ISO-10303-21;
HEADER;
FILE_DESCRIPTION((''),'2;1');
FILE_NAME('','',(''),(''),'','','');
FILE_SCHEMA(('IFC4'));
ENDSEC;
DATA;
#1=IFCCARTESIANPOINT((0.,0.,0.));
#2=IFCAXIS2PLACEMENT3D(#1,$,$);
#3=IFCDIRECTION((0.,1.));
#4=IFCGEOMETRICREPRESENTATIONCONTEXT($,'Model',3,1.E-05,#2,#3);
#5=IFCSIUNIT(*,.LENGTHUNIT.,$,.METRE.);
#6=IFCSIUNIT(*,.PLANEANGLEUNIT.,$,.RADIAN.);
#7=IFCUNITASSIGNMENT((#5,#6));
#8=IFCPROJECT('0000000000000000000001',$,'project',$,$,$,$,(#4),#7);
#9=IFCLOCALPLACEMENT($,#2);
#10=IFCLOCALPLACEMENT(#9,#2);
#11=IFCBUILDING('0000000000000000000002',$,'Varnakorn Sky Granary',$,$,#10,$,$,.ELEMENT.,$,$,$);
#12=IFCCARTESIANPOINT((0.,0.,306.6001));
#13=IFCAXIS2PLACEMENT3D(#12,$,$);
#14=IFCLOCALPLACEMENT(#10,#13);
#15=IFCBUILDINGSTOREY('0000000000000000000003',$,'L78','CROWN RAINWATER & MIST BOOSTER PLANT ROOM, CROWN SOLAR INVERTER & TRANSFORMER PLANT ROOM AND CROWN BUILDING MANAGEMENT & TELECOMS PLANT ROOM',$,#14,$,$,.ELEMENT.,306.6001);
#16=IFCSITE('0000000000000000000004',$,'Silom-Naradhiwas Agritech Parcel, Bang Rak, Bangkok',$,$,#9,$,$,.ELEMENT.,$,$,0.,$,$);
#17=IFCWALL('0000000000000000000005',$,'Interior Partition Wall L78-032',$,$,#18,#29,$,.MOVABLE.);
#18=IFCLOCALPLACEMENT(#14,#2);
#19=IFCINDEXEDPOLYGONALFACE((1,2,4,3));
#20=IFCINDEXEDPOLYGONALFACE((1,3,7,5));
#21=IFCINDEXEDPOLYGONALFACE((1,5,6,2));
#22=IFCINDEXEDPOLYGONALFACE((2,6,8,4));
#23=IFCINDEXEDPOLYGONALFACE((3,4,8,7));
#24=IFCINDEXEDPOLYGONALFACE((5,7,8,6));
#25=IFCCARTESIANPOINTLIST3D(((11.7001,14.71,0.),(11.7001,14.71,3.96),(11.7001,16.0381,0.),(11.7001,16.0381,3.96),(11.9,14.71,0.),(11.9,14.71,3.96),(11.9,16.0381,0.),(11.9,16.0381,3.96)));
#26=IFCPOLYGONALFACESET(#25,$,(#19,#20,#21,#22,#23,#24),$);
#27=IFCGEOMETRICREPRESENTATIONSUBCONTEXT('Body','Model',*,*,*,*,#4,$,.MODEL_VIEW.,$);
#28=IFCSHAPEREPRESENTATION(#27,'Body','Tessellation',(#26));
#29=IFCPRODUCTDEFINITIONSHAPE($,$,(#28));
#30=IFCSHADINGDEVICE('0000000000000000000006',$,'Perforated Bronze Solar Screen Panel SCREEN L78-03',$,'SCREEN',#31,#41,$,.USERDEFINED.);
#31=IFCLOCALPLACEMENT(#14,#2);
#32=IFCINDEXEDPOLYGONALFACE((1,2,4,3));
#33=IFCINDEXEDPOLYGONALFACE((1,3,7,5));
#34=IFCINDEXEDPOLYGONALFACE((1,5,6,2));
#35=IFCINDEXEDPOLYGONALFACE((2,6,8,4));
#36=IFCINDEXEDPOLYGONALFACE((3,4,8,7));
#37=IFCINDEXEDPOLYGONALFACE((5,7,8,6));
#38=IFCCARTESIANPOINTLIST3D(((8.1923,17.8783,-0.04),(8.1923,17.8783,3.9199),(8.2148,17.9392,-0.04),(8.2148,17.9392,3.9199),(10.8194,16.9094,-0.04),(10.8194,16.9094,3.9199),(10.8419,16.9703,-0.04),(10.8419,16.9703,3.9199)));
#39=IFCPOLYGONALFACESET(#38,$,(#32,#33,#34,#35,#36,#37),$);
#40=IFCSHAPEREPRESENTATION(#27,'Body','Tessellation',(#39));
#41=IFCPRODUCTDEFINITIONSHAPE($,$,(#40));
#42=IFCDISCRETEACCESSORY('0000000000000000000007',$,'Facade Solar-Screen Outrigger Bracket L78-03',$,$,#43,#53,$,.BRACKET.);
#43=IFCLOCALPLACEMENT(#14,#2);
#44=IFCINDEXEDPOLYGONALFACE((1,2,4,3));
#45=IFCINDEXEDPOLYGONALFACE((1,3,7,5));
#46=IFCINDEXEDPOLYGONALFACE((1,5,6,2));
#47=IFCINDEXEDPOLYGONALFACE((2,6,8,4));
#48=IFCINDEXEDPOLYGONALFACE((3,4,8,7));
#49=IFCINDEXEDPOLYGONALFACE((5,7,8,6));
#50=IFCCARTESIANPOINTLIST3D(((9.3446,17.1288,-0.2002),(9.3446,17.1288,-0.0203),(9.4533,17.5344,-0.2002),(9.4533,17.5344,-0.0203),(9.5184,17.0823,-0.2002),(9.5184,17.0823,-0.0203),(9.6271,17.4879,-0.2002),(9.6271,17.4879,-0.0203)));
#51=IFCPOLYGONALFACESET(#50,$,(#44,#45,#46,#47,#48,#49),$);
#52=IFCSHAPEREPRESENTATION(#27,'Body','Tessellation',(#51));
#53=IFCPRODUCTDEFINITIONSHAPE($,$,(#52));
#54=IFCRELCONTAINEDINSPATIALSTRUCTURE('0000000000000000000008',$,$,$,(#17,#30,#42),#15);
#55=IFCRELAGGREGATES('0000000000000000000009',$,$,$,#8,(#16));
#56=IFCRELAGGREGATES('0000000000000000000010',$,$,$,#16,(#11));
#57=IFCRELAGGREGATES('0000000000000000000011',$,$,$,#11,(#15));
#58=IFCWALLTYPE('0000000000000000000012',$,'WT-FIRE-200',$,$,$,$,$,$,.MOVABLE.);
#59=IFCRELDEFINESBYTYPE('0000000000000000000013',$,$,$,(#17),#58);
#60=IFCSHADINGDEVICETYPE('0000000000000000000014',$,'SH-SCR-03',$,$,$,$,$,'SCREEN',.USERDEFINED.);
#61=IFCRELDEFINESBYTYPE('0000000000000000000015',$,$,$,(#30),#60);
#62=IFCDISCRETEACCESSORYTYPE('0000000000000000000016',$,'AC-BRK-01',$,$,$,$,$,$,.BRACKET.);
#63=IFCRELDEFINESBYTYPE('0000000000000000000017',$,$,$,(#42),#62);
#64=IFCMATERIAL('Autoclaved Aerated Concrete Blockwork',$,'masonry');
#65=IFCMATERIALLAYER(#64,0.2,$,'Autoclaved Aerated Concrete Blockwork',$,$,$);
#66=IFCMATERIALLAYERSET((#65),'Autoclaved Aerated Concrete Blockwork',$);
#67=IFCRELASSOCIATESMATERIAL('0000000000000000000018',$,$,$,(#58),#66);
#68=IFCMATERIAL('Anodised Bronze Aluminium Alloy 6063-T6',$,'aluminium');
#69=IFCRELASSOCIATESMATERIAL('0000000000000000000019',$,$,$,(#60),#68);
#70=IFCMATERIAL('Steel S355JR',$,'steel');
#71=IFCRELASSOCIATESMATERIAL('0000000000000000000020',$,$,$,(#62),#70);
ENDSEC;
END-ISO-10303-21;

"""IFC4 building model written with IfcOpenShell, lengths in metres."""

from ifc_helpers import new_model, si_unit, direction, frame, frame_2d, origin, origin_2d, place, context, subcontext, project, spatial, rectangle, extrude, source, transform, mapped, material, layer, layer_set, type_object, type_shapes, element, save


model = new_model("IFC4")

# Units and contexts
model_context = context("Model", 3, precision=1e-05, world=origin(), true_north=direction((0.0, 1.0)))
body_context = subcontext(model_context, "Body", "Model", "MODEL_VIEW")
ifc_project = project(units=[si_unit("LENGTHUNIT", "METRE"), si_unit("PLANEANGLEUNIT", "RADIAN")], contexts=[model_context])

# Site, building, storey
site_placement = place(None, origin())
site = spatial("IfcSite", under=ifc_project, at=site_placement, Name="Silom-Naradhiwas Agritech Parcel, Bang Rak, Bangkok", CompositionType="ELEMENT", RefElevation=0.0)
building_placement = place(site_placement, origin())
building = spatial("IfcBuilding", under=site, at=building_placement, Name="Varnakorn Sky Granary", CompositionType="ELEMENT")
storey_placement = place(building_placement, frame((0.0, 0.0, 306.6001)))
storey = spatial("IfcBuildingStorey", under=building, at=storey_placement, Name="L78", Description="CROWN RAINWATER & MIST BOOSTER PLANT ROOM, CROWN SOLAR INVERTER & TRANSFORMER PLANT ROOM AND CROWN BUILDING MANAGEMENT & TELECOMS PLANT ROOM", CompositionType="ELEMENT", Elevation=306.6001)

# Shared definitions
ifc_material_1 = material(Name="Steel S355JR", Category="steel")

# Shared definitions
ifc_material_2 = material(Name="Anodised Bronze Aluminium Alloy 6063-T6", Category="aluminium")

# Wall
ifc_material_3 = material(Name="Autoclaved Aerated Concrete Blockwork", Category="masonry")
ifc_layer_1 = layer(ifc_material_3, 0.2, Name="Autoclaved Aerated Concrete Blockwork")
ifc_layer_set_1 = layer_set([ifc_layer_1], Name="Autoclaved Aerated Concrete Blockwork")
wall_type = type_object("IfcWallType", Name="WT-FIRE-200", PredefinedType="MOVABLE", material=ifc_layer_set_1)
wall_1_placement = place(storey_placement, frame((11.8, 16.0381, 0.0), z_axis=(0.0, 0.0, 1.0), x_axis=(0.0, -1.0, 0.0)))
element("IfcWall", 1, at=wall_1_placement, inside=storey, type_object=wall_type, Name="Interior Partition Wall L78-032", PredefinedType="MOVABLE", context=body_context, shape_type="SweptSolid", body=[
    extrude(rectangle(XDim=1.3281, YDim=0.2, at=frame_2d((0.6641, 0.0))), origin(), (0.0, 0.0, 1.0), 3.96),
])

# Shading device
shading_device_type = type_object("IfcShadingDeviceType", Name="SH-SCR-03", ElementType="SCREEN", PredefinedType="USERDEFINED", material=ifc_material_2)
shared_shape_1 = source(origin(), body_context, "Body", "SweptSolid", [
    extrude(rectangle(XDim=2.8, YDim=0.0649, at=origin_2d()), origin(), (0.0, 0.0, 1.0), 3.96),
])
type_shapes(shading_device_type, [shared_shape_1])
shading_device_placement = place(storey_placement, frame((9.5171, 17.4243, -0.04), z_axis=(0.0, 0.0, 1.0), x_axis=(-0.938225, 0.346025, 0.0)))
element("IfcShadingDevice", 2, at=shading_device_placement, inside=storey, type_object=shading_device_type, Name="Perforated Bronze Solar Screen Panel SCREEN L78-03", ObjectType="SCREEN", PredefinedType="USERDEFINED", context=body_context, shape_type="MappedRepresentation", body=[
    mapped(shared_shape_1, transform((0.0, 0.0, 0.0), x_axis=(1.0, 0.0, 0.0), y_axis=(0.0, 1.0, 0.0), z_axis=(0.0, 0.0, 1.0), scale=1.0)),
])

# Discrete accessory
discrete_accessory_type = type_object("IfcDiscreteAccessoryType", Name="AC-BRK-01", PredefinedType="BRACKET", material=ifc_material_1)
shared_shape_2 = source(origin(), body_context, "Body", "SweptSolid", [
    extrude(rectangle(XDim=0.1799, YDim=0.4199, at=origin_2d()), origin(), (0.0, 0.0, 1.0), 0.1799),
])
type_shapes(discrete_accessory_type, [shared_shape_2])
discrete_accessory_placement = place(storey_placement, frame((9.4858, 17.3083, -0.2002), z_axis=(0.0, 0.0, 1.0), x_axis=(-0.965951, 0.258724, 0.0)))
element("IfcDiscreteAccessory", 3, at=discrete_accessory_placement, inside=storey, type_object=discrete_accessory_type, Name="Facade Solar-Screen Outrigger Bracket L78-03", PredefinedType="BRACKET", context=body_context, shape_type="MappedRepresentation", body=[
    mapped(shared_shape_2, transform((0.0, 0.0, 0.0), x_axis=(1.0, 0.0, 0.0), y_axis=(0.0, 1.0, 0.0), z_axis=(0.0, 0.0, 1.0), scale=1.0)),
])

save(model, "model.ifc")
